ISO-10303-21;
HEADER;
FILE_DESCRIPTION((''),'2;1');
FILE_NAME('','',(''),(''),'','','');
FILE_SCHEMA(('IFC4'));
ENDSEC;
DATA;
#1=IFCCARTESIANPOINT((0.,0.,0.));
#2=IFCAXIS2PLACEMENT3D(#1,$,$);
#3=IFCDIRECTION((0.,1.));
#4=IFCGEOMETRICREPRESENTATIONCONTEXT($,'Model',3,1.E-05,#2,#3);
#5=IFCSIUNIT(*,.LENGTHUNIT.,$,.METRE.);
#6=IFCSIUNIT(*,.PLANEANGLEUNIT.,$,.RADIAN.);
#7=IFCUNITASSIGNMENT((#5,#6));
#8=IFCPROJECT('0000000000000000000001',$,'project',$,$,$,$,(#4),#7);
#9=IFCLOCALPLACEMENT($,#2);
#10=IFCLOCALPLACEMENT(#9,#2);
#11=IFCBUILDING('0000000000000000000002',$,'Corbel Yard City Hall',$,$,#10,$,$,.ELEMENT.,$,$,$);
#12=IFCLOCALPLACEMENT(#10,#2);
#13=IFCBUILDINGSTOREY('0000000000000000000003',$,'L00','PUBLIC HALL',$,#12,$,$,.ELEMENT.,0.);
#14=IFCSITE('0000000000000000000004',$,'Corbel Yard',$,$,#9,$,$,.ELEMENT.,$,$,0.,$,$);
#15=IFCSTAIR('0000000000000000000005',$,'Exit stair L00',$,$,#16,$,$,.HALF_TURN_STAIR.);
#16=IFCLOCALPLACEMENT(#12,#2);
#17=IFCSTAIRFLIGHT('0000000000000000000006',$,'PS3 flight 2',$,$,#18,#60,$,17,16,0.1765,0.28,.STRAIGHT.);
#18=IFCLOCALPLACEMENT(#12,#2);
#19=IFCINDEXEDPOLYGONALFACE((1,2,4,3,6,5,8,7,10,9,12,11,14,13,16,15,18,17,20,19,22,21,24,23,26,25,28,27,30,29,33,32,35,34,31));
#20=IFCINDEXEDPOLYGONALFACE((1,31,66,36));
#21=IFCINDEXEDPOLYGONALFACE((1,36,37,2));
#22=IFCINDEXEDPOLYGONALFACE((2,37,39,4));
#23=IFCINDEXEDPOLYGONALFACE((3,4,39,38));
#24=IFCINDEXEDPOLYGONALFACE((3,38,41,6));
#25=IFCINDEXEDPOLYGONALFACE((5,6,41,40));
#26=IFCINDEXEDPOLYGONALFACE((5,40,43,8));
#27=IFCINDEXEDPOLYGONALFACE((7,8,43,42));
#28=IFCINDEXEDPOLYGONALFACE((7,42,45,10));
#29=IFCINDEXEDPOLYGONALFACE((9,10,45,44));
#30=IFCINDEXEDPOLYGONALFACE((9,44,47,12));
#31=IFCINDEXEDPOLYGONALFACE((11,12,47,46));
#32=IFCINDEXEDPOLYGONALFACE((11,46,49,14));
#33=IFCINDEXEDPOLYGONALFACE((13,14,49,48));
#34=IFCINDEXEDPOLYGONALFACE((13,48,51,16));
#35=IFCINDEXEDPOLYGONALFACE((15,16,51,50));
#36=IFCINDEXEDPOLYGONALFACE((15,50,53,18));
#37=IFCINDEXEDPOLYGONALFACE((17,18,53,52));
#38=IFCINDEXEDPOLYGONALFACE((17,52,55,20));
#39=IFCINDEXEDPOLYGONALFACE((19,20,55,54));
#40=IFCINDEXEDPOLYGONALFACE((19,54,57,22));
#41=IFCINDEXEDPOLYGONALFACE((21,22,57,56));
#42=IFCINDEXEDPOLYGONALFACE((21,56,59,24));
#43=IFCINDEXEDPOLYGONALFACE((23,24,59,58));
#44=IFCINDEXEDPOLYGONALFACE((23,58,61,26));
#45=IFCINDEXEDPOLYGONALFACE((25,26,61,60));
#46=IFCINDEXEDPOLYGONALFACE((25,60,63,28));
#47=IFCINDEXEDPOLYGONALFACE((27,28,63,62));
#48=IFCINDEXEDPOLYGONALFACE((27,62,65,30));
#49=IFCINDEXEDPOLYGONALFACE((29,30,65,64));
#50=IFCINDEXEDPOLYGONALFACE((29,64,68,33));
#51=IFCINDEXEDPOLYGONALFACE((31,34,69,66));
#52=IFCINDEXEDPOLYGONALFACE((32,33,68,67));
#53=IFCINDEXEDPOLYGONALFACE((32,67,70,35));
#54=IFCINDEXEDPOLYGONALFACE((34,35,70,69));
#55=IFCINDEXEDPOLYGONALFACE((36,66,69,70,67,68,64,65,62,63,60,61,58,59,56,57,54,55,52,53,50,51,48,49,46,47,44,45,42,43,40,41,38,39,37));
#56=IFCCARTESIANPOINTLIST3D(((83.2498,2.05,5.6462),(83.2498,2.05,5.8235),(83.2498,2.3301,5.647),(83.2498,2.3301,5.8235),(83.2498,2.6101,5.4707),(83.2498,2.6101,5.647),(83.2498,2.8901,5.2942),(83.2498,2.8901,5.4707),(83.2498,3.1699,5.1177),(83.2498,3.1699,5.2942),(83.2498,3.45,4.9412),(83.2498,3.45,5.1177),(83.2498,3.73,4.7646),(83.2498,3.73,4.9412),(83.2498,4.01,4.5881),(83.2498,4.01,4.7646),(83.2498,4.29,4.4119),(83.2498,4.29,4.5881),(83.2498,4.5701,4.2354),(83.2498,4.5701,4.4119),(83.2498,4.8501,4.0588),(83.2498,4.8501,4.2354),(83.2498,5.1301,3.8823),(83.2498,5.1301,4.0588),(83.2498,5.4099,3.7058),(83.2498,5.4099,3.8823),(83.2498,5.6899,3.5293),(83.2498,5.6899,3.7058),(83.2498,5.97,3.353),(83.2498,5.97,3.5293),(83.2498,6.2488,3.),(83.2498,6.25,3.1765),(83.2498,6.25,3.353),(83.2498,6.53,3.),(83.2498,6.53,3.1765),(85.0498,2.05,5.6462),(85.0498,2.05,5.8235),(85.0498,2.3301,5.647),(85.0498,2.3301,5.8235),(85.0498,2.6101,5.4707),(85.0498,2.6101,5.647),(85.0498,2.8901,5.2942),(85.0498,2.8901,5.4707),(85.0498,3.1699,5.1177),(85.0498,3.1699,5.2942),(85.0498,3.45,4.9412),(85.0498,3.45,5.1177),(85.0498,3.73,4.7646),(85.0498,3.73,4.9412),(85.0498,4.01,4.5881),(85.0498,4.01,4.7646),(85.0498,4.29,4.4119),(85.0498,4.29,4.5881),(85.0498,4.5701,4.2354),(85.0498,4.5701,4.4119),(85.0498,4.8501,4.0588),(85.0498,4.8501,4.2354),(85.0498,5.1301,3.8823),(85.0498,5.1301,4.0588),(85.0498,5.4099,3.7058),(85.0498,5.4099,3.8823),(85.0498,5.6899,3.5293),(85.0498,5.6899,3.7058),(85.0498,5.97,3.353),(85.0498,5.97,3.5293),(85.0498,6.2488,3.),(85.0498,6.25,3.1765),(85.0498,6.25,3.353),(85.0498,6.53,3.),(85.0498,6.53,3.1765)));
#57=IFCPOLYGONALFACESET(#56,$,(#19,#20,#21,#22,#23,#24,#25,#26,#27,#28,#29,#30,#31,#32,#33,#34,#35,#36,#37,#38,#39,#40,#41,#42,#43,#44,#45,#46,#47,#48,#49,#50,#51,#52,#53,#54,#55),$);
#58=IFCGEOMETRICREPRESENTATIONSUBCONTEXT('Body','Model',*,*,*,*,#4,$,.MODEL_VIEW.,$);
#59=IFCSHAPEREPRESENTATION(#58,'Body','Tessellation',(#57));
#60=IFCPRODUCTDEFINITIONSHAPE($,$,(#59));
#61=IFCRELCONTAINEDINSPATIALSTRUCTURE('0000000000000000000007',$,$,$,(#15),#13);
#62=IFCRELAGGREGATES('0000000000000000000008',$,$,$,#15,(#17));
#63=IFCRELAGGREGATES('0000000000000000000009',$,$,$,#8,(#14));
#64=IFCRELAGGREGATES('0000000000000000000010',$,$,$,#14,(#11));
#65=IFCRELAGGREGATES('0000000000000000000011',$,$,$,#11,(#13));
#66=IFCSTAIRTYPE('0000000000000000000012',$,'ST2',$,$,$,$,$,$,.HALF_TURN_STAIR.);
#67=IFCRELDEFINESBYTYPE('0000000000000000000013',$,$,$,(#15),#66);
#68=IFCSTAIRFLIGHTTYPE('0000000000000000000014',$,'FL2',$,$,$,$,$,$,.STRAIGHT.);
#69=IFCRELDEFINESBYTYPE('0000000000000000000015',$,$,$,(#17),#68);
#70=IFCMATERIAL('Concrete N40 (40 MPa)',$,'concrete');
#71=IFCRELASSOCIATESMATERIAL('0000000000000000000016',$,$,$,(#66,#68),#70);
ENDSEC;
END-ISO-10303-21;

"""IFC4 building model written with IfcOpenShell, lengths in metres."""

from ifc_helpers import new_model, si_unit, direction, frame, origin, place, context, subcontext, project, spatial, polyline, outline, extrude, material, type_object, element, aggregate, save


model = new_model("IFC4")

# Units and contexts
model_context = context("Model", 3, precision=1e-05, world=origin(), true_north=direction((0.0, 1.0)))
body_context = subcontext(model_context, "Body", "Model", "MODEL_VIEW")
ifc_project = project(units=[si_unit("LENGTHUNIT", "METRE"), si_unit("PLANEANGLEUNIT", "RADIAN")], contexts=[model_context])

# Site, building, storey
site_placement = place(None, origin())
site = spatial("IfcSite", under=ifc_project, at=site_placement, Name="Corbel Yard", CompositionType="ELEMENT", RefElevation=0.0)
building_placement = place(site_placement, origin())
building = spatial("IfcBuilding", under=site, at=building_placement, Name="Corbel Yard City Hall", CompositionType="ELEMENT")
storey_placement = place(building_placement, origin())
storey = spatial("IfcBuildingStorey", under=building, at=storey_placement, Name="L00", Description="PUBLIC HALL", CompositionType="ELEMENT", Elevation=0.0)

# Shared definitions
ifc_material_1 = material(Name="Concrete N40 (40 MPa)", Category="concrete")

# Stair, stair flight
stair_type = type_object("IfcStairType", Name="ST2", PredefinedType="HALF_TURN_STAIR", material=ifc_material_1)
stair_placement = place(storey_placement, origin())
stair = element("IfcStair", 1, at=stair_placement, inside=storey, type_object=stair_type, Name="Exit stair L00", PredefinedType="HALF_TURN_STAIR")
stair_flight_type = type_object("IfcStairFlightType", Name="FL2", PredefinedType="STRAIGHT", material=ifc_material_1)
stair_flight_placement = place(storey_placement, frame((84.1499, 6.53, 3.0), z_axis=(0.0, 0.0, 1.0), x_axis=(0.0, -1.0, 0.0)))
stair_flight = element("IfcStairFlight", 2, at=stair_flight_placement, type_object=stair_flight_type, Name="PS3 flight 2", NumberOfRisers=17, NumberOfTreads=16, PredefinedType="STRAIGHT", RiserHeight=0.1765, TreadLength=0.28, context=body_context, shape_type="SweptSolid", body=[
    extrude(outline(polyline([(0.0, 0.0), (0.0, 0.1765), (0.28, 0.1765), (0.28, 0.353), (0.5601, 0.353), (0.5601, 0.5293), (0.8401, 0.5293), (0.8401, 0.7058), (1.1201, 0.7058), (1.1201, 0.8823), (1.3999, 0.8823), (1.3999, 1.0588), (1.6799, 1.0588), (1.6799, 1.2354), (1.96, 1.2354), (1.96, 1.4119), (2.24, 1.4119), (2.24, 1.5881), (2.52, 1.5881), (2.52, 1.7646), (2.8, 1.7646), (2.8, 1.9412), (3.0801, 1.9412), (3.0801, 2.1177), (3.3601, 2.1177), (3.3601, 2.2942), (3.6399, 2.2942), (3.6399, 2.4707), (3.9199, 2.4707), (3.9199, 2.647), (4.2, 2.647), (4.2, 2.8235), (4.48, 2.8235), (4.48, 3.0), (4.48, 2.6462), (0.2812, 0.0), (0.0, 0.0)])), frame((0.0, 0.8999, 0.0), z_axis=(0.0, -1.0, 0.0), x_axis=(1.0, 0.0, 0.0)), (0.0, 0.0, 1.0), 1.8),
])
aggregate(stair, [stair_flight])

save(model, "model.ifc")
